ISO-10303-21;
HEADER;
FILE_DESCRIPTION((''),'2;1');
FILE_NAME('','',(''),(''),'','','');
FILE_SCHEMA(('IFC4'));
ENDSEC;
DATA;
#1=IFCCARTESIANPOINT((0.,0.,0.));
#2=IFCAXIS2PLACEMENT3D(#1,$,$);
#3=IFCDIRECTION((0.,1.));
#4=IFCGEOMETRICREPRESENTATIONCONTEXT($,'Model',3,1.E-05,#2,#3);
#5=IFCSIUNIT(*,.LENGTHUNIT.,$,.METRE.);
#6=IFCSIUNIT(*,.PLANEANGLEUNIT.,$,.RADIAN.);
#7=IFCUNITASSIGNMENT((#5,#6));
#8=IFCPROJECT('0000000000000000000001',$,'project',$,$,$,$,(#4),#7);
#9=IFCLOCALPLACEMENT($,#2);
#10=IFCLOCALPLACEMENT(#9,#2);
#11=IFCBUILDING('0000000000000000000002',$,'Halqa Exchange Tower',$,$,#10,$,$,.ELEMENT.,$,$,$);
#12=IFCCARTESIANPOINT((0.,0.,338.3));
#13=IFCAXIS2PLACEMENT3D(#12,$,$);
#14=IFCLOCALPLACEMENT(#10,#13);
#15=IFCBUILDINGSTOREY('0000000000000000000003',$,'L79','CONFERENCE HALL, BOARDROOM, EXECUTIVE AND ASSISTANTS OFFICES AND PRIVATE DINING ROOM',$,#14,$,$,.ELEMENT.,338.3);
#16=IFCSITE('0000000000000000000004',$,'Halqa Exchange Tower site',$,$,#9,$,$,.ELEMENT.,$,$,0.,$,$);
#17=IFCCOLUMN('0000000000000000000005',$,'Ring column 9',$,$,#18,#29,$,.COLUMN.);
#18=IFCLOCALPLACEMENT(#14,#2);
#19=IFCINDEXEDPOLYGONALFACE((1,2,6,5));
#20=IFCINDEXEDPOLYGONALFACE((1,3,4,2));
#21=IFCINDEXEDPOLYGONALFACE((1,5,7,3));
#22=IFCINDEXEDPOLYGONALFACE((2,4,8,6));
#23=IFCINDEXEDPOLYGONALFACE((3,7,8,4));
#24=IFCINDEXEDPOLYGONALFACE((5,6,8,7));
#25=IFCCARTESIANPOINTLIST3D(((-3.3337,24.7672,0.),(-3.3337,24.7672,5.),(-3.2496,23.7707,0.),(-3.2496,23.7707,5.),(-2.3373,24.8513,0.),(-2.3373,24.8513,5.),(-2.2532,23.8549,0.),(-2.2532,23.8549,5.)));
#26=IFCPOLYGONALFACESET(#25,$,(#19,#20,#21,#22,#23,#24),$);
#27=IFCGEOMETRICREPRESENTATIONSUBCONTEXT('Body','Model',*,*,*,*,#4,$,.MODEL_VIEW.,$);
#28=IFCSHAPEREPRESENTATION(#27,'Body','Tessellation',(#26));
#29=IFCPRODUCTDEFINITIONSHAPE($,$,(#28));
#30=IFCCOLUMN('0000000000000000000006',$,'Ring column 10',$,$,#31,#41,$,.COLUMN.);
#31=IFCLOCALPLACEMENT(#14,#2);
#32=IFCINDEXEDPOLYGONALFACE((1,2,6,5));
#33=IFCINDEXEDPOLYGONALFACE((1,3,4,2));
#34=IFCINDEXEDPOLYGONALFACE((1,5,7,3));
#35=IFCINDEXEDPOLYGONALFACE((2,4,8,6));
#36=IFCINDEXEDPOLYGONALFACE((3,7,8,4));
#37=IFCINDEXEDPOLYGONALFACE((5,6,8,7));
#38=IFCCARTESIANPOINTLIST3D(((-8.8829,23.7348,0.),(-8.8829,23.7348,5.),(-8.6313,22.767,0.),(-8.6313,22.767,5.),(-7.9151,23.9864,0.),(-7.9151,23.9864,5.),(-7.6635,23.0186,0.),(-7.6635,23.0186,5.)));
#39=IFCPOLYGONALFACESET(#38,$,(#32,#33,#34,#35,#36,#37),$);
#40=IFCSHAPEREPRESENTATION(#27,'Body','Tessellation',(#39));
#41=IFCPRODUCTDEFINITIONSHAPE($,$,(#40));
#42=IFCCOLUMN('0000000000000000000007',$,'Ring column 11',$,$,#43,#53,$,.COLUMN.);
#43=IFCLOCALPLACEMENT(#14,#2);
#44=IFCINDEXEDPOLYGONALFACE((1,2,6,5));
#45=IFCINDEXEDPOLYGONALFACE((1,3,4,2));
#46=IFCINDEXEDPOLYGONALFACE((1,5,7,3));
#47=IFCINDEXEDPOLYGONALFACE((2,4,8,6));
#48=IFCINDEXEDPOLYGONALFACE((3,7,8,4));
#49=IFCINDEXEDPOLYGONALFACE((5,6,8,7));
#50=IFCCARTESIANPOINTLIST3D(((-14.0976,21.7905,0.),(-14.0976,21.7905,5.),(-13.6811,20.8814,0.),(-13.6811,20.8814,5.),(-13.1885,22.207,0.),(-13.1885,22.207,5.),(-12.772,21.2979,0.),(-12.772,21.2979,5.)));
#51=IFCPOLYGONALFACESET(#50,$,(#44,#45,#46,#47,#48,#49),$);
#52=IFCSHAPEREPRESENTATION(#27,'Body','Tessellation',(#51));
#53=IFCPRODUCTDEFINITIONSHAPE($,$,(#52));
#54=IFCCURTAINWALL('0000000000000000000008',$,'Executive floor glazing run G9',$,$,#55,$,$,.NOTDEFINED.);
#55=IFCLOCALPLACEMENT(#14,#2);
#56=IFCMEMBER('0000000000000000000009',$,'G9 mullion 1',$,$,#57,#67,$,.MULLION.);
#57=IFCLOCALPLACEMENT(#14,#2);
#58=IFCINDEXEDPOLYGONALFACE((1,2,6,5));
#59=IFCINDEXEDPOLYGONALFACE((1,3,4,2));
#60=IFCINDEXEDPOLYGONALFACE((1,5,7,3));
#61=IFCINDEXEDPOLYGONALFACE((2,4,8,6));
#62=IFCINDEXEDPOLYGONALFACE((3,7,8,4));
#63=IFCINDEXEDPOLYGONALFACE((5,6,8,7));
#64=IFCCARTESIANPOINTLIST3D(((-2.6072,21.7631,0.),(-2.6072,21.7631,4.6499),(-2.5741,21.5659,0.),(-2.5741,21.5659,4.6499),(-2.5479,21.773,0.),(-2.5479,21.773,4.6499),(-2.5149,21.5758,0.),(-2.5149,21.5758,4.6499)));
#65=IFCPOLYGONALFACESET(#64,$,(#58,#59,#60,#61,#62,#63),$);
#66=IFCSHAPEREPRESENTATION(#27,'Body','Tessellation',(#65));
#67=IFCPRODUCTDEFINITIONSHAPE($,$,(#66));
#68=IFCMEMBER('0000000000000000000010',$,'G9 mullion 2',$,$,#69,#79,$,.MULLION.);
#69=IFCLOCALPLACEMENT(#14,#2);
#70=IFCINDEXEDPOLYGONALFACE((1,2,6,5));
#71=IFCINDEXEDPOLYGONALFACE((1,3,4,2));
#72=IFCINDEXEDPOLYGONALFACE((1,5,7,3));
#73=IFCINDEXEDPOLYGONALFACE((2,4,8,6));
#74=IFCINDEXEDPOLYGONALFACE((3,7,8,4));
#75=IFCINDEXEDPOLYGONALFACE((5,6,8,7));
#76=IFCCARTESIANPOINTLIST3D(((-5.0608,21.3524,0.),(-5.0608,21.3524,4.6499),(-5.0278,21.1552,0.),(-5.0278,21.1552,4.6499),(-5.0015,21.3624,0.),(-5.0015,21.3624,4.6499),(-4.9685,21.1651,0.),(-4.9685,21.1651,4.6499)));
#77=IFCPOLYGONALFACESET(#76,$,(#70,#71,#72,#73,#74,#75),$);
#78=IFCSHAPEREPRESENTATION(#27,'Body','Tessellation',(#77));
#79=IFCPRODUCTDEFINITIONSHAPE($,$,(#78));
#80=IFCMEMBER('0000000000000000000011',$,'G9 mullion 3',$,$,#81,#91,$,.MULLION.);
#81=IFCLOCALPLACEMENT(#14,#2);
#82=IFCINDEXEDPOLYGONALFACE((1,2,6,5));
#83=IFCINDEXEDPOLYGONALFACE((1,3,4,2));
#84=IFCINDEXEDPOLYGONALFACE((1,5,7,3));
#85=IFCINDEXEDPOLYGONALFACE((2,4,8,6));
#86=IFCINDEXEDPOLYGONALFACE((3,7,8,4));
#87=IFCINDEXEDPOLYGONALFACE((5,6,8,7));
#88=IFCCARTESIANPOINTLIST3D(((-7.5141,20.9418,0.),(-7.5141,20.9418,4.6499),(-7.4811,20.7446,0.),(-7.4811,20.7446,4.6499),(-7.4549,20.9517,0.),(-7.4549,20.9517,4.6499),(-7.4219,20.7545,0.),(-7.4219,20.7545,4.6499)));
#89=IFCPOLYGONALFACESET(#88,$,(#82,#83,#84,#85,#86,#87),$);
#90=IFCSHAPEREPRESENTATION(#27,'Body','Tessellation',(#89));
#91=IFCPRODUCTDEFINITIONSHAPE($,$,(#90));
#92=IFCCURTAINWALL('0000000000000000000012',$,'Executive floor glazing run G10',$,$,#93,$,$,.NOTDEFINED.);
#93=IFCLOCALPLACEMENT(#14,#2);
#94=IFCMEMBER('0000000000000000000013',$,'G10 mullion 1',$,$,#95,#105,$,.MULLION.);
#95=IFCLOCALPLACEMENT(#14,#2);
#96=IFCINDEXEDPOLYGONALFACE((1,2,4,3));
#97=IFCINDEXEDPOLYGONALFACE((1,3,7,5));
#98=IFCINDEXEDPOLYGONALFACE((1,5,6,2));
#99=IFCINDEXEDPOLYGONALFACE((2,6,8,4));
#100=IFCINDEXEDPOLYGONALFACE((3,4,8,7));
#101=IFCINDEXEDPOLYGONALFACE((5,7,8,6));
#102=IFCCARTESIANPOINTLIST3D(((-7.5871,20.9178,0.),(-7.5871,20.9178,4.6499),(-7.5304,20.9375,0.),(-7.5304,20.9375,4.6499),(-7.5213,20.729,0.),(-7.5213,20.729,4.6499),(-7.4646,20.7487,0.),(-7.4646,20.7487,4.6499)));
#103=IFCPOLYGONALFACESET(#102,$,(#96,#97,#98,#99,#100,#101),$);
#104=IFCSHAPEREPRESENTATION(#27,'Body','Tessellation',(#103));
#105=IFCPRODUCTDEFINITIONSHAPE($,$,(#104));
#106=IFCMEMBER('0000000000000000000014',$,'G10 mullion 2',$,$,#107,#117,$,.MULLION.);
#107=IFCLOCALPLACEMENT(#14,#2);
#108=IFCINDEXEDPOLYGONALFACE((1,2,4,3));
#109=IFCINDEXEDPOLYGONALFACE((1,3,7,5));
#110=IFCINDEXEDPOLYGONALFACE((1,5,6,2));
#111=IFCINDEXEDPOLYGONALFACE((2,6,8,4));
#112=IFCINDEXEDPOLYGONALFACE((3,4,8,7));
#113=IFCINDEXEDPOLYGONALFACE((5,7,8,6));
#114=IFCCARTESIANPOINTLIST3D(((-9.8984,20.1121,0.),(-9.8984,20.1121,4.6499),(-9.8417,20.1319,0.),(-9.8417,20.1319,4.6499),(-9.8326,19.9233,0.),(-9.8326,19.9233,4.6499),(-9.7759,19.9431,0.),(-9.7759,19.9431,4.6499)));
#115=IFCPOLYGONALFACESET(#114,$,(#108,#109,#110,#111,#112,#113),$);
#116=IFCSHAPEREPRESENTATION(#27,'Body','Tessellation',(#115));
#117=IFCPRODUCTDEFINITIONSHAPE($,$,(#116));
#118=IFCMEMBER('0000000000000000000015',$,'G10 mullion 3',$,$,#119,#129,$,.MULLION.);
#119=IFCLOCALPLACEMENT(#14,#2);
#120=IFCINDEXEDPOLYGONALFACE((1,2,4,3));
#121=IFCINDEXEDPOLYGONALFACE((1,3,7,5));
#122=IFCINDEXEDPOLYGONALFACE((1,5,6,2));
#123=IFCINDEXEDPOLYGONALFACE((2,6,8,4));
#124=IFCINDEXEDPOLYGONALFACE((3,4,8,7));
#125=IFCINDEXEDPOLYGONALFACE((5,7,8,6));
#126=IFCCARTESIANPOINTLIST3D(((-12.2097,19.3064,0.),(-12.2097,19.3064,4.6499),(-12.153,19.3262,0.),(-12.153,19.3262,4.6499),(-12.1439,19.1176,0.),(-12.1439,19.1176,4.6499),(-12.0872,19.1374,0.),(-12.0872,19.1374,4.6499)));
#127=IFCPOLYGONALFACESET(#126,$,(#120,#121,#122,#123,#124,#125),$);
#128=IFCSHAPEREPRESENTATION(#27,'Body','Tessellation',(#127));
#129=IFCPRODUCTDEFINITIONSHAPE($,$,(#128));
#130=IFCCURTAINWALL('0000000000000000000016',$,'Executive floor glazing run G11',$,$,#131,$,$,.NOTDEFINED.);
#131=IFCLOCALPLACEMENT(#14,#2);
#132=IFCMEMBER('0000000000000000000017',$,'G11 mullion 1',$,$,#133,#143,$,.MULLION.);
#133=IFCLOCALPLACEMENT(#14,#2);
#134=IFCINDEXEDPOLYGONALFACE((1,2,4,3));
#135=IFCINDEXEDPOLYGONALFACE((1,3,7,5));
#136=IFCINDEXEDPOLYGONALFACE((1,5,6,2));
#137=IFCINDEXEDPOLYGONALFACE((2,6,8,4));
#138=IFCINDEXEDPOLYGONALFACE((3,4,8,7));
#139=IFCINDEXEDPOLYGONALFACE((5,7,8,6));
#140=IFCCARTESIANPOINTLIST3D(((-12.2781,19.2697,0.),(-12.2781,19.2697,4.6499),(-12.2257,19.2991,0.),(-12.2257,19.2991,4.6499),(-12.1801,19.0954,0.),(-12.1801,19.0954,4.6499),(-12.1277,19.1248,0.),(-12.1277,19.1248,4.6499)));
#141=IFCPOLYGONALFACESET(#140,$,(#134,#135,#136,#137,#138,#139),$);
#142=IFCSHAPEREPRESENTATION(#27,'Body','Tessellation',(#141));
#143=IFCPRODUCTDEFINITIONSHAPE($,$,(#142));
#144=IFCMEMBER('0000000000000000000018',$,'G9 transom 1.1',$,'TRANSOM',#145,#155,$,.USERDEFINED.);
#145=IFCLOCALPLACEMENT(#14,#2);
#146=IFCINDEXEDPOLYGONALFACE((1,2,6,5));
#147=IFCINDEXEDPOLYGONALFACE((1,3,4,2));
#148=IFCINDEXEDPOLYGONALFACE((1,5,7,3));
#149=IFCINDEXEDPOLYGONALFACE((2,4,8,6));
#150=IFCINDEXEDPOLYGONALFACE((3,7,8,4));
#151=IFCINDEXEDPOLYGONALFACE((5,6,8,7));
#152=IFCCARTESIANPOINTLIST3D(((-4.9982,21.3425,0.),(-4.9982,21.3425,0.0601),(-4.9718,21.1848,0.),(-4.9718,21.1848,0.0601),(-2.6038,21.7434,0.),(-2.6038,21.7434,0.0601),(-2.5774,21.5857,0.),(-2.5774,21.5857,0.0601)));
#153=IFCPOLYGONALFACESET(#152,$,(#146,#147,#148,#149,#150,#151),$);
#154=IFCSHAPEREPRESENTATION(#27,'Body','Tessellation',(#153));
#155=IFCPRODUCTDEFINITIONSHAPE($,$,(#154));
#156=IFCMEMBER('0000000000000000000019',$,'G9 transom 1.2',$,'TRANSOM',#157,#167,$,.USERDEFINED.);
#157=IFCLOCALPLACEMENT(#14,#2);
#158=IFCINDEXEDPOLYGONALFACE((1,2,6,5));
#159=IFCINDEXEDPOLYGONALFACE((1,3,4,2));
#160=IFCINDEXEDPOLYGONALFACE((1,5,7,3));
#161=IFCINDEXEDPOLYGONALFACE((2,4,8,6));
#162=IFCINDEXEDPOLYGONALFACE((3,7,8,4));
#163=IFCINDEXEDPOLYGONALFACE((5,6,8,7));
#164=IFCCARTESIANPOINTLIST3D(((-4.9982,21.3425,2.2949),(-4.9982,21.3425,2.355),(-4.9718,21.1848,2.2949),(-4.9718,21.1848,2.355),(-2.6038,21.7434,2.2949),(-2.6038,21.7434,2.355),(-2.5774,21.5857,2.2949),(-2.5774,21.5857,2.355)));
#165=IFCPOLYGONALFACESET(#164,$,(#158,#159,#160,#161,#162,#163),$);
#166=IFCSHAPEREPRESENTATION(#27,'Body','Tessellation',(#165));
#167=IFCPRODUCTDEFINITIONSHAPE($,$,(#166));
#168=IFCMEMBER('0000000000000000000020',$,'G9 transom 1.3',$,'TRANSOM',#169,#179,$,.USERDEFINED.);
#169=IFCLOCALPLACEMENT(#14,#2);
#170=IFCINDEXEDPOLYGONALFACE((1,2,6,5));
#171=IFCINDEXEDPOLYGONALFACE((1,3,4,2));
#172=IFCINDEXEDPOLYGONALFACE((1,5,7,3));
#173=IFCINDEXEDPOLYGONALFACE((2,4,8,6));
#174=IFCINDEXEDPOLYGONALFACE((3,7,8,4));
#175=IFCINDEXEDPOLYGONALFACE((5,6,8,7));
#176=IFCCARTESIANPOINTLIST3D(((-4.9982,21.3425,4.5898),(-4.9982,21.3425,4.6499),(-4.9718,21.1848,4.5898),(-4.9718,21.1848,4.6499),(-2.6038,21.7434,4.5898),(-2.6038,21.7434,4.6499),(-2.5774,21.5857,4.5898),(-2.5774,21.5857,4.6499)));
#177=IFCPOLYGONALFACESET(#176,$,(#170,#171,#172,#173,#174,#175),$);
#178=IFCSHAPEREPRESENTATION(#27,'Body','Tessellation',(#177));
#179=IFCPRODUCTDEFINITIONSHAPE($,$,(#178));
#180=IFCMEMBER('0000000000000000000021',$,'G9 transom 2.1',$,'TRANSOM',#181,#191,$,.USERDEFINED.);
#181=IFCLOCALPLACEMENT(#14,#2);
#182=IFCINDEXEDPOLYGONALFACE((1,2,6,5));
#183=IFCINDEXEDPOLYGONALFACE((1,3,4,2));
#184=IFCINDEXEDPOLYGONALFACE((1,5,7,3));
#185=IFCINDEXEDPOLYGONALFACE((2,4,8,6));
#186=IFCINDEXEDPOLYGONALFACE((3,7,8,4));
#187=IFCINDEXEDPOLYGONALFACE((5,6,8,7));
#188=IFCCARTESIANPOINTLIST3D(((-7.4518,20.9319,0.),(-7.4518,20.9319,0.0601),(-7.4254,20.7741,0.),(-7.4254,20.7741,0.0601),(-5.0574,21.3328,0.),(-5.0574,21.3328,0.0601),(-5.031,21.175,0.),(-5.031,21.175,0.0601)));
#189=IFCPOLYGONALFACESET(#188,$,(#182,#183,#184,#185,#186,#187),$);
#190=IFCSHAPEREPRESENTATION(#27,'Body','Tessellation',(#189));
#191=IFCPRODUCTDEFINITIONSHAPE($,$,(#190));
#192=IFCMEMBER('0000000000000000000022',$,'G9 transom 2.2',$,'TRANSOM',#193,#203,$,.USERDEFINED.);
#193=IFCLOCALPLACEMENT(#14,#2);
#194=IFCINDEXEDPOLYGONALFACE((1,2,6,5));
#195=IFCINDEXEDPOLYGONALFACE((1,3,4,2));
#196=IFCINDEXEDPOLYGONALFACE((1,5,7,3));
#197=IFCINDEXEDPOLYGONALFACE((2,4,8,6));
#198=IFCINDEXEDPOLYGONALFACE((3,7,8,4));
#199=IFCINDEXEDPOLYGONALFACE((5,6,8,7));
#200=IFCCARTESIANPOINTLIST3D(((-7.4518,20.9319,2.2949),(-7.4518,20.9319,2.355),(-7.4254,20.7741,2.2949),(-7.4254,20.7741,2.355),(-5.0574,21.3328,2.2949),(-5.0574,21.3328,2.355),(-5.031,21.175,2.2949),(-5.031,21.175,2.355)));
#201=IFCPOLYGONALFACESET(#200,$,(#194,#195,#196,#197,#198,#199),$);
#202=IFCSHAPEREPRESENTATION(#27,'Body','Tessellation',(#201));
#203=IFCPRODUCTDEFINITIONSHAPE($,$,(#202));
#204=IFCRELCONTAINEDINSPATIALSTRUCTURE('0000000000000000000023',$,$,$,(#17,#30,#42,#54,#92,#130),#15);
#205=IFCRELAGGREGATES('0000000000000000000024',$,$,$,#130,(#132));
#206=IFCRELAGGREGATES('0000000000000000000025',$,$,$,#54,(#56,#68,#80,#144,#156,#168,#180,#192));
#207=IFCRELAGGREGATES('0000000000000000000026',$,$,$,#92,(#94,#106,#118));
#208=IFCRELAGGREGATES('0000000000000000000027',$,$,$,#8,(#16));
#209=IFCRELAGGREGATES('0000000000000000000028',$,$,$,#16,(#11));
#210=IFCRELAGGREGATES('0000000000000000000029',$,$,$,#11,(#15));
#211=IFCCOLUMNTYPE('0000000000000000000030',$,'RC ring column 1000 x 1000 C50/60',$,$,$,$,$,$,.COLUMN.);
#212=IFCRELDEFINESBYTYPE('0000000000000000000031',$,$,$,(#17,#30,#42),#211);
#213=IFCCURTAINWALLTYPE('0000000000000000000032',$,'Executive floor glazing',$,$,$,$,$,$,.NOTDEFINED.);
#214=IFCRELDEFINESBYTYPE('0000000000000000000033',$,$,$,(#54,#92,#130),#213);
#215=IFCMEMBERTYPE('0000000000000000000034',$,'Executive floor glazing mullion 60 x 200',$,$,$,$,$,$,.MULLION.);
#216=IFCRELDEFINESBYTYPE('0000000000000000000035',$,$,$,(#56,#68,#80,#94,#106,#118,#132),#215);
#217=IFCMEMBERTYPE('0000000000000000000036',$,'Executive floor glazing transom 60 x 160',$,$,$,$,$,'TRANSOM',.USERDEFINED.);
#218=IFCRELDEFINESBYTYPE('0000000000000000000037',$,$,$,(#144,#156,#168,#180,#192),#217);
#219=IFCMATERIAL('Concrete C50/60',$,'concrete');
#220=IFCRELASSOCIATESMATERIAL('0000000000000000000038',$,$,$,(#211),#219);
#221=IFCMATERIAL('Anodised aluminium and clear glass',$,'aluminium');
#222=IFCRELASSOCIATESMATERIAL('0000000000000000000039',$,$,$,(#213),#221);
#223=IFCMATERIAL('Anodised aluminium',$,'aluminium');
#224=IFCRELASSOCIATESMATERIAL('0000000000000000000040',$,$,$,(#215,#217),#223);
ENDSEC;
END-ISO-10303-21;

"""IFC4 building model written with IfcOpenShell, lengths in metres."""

from ifc_helpers import new_model, si_unit, direction, frame, origin, origin_2d, place, context, subcontext, project, spatial, rectangle, extrude, material, material_profile, profile_set, type_object, element, aggregate, save


model = new_model("IFC4")

# Units and contexts
model_context = context("Model", 3, precision=1e-05, world=origin(), true_north=direction((0.0, 1.0)))
body_context = subcontext(model_context, "Body", "Model", "MODEL_VIEW")
ifc_project = project(units=[si_unit("LENGTHUNIT", "METRE"), si_unit("PLANEANGLEUNIT", "RADIAN")], contexts=[model_context])

# Site, building, storey
site_placement = place(None, origin())
site = spatial("IfcSite", under=ifc_project, at=site_placement, Name="Halqa Exchange Tower site", CompositionType="ELEMENT", RefElevation=0.0)
building_placement = place(site_placement, origin())
building = spatial("IfcBuilding", under=site, at=building_placement, Name="Halqa Exchange Tower", CompositionType="ELEMENT")
storey_placement = place(building_placement, frame((0.0, 0.0, 338.3)))
storey = spatial("IfcBuildingStorey", under=building, at=storey_placement, Name="L79", Description="CONFERENCE HALL, BOARDROOM, EXECUTIVE AND ASSISTANTS OFFICES AND PRIVATE DINING ROOM", CompositionType="ELEMENT", Elevation=338.3)

# Columns
ifc_material_1 = material(Name="Concrete C50/60", Category="concrete")
ifc_material_profile_1 = material_profile(ifc_material_1, rectangle(XDim=1.0, YDim=1.0, at=origin_2d()), Name="1000 x 1000")
ifc_profile_set_1 = profile_set([ifc_material_profile_1], Name="Concrete C50/60")
column_type = type_object("IfcColumnType", Name="RC ring column 1000 x 1000 C50/60", PredefinedType="COLUMN", material=ifc_profile_set_1)
for number, where, z_axis, x_axis, name in (
    (1, (-2.7935, 24.311, 0.0), (0.0, 0.0, 1.0), (-0.996455, -0.084127, 0.0), "Ring column 9"),
    (2, (-8.2732, 23.3767, 0.0), (0.0, 0.0, 1.0), (-0.967819, -0.251647, 0.0), "Ring column 10"),
    (3, (-13.4348, 21.5442, 0.0), (0.0, 0.0, 1.0), (-0.909129, -0.416516, 0.0), "Ring column 11"),
):
    element("IfcColumn", number, at=place(storey_placement, frame(where, z_axis=z_axis, x_axis=x_axis)), inside=storey, type_object=column_type, Name=name, PredefinedType="COLUMN", context=body_context, shape_type="SweptSolid", body=[
        extrude(rectangle(XDim=1.0, YDim=1.0, at=origin_2d()), origin(), (0.0, 0.0, 1.0), 5.0),
    ])

# Curtain walls, members
ifc_material_2 = material(Name="Anodised aluminium and clear glass", Category="aluminium")
curtain_wall_type = type_object("IfcCurtainWallType", Name="Executive floor glazing", PredefinedType="NOTDEFINED", material=ifc_material_2)
curtain_wall_1_placement = place(storey_placement, origin())
curtain_wall_1 = element("IfcCurtainWall", 4, at=curtain_wall_1_placement, inside=storey, type_object=curtain_wall_type, Name="Executive floor glazing run G9", PredefinedType="NOTDEFINED")
ifc_material_3 = material(Name="Anodised aluminium", Category="aluminium")
ifc_material_profile_2 = material_profile(ifc_material_3, rectangle(XDim=0.2, YDim=0.0601, at=origin_2d()), Name="AL 60x200")
ifc_profile_set_2 = profile_set([ifc_material_profile_2], Name="Anodised aluminium")
member_type_1 = type_object("IfcMemberType", Name="Executive floor glazing mullion 60 x 200", PredefinedType="MULLION", material=ifc_profile_set_2)
member_1_placement = place(storey_placement, frame((-2.561, 21.6694, 0.0), z_axis=(0.0, 0.0, 1.0), x_axis=(0.165117, -0.986274, 0.0)))
member_1 = element("IfcMember", 5, at=member_1_placement, type_object=member_type_1, Name="G9 mullion 1", PredefinedType="MULLION", context=body_context, shape_type="SweptSolid", body=[
    extrude(rectangle(XDim=0.2, YDim=0.0601, at=origin_2d()), origin(), (0.0, 0.0, 1.0), 4.6499),
])
member_2_placement = place(storey_placement, frame((-5.0146, 21.2588, 0.0), z_axis=(0.0, 0.0, 1.0), x_axis=(0.165117, -0.986274, 0.0)))
member_2 = element("IfcMember", 6, at=member_2_placement, type_object=member_type_1, Name="G9 mullion 2", PredefinedType="MULLION", context=body_context, shape_type="SweptSolid", body=[
    extrude(rectangle(XDim=0.2, YDim=0.0601, at=origin_2d()), origin(), (0.0, 0.0, 1.0), 4.6499),
])
member_3_placement = place(storey_placement, frame((-7.468, 20.8481, 0.0), z_axis=(0.0, 0.0, 1.0), x_axis=(0.165117, -0.986274, 0.0)))
member_3 = element("IfcMember", 7, at=member_3_placement, type_object=member_type_1, Name="G9 mullion 3", PredefinedType="MULLION", context=body_context, shape_type="SweptSolid", body=[
    extrude(rectangle(XDim=0.2, YDim=0.0601, at=origin_2d()), origin(), (0.0, 0.0, 1.0), 4.6499),
])
curtain_wall_2_placement = place(storey_placement, origin())
curtain_wall_2 = element("IfcCurtainWall", 8, at=curtain_wall_2_placement, inside=storey, type_object=curtain_wall_type, Name="Executive floor glazing run G10", PredefinedType="NOTDEFINED")
member_4_placement = place(storey_placement, frame((-7.5259, 20.8333, 0.0), z_axis=(0.0, 0.0, 1.0), x_axis=(0.32916, -0.944274, 0.0)))
member_4 = element("IfcMember", 9, at=member_4_placement, type_object=member_type_1, Name="G10 mullion 1", PredefinedType="MULLION", context=body_context, shape_type="SweptSolid", body=[
    extrude(rectangle(XDim=0.2, YDim=0.0601, at=origin_2d()), origin(), (0.0, 0.0, 1.0), 4.6499),
])
member_5_placement = place(storey_placement, frame((-9.8372, 20.0276, 0.0), z_axis=(0.0, 0.0, 1.0), x_axis=(0.32916, -0.944274, 0.0)))
member_5 = element("IfcMember", 10, at=member_5_placement, type_object=member_type_1, Name="G10 mullion 2", PredefinedType="MULLION", context=body_context, shape_type="SweptSolid", body=[
    extrude(rectangle(XDim=0.2, YDim=0.0601, at=origin_2d()), origin(), (0.0, 0.0, 1.0), 4.6499),
])
member_6_placement = place(storey_placement, frame((-12.1484, 19.2219, 0.0), z_axis=(0.0, 0.0, 1.0), x_axis=(0.32916, -0.944274, 0.0)))
member_6 = element("IfcMember", 11, at=member_6_placement, type_object=member_type_1, Name="G10 mullion 3", PredefinedType="MULLION", context=body_context, shape_type="SweptSolid", body=[
    extrude(rectangle(XDim=0.2, YDim=0.0601, at=origin_2d()), origin(), (0.0, 0.0, 1.0), 4.6499),
])

# Curtain wall, member
curtain_wall_3_placement = place(storey_placement, origin())
curtain_wall_3 = element("IfcCurtainWall", 12, at=curtain_wall_3_placement, inside=storey, type_object=curtain_wall_type, Name="Executive floor glazing run G11", PredefinedType="NOTDEFINED")
member_7_placement = place(storey_placement, frame((-12.2029, 19.1973, 0.0), z_axis=(0.0, 0.0, 1.0), x_axis=(0.490158, -0.871634, 0.0)))
member_7 = element("IfcMember", 13, at=member_7_placement, type_object=member_type_1, Name="G11 mullion 1", PredefinedType="MULLION", context=body_context, shape_type="SweptSolid", body=[
    extrude(rectangle(XDim=0.2, YDim=0.0601, at=origin_2d()), origin(), (0.0, 0.0, 1.0), 4.6499),
])
aggregate(curtain_wall_3, [member_7])

# Members
ifc_material_profile_3 = material_profile(ifc_material_3, rectangle(XDim=0.1599, YDim=0.0601, at=origin_2d()), Name="AL 60x160")
ifc_profile_set_3 = profile_set([ifc_material_profile_3], Name="Anodised aluminium")
member_type_2 = type_object("IfcMemberType", Name="Executive floor glazing transom 60 x 160", ElementType="TRANSOM", PredefinedType="USERDEFINED", material=ifc_profile_set_3)
member_8_placement = place(storey_placement, frame((-2.5906, 21.6646, 0.03), z_axis=(-0.986271, -0.165133, 0.0), x_axis=(0.165133, -0.986271, 0.0)))
member_8 = element("IfcMember", 14, at=member_8_placement, type_object=member_type_2, Name="G9 transom 1.1", ObjectType="TRANSOM", PredefinedType="USERDEFINED", context=body_context, shape_type="SweptSolid", body=[
    extrude(rectangle(XDim=0.1599, YDim=0.0601, at=origin_2d()), origin(), (0.0, 0.0, 1.0), 2.4277),
])
member_9_placement = place(storey_placement, frame((-2.5906, 21.6646, 2.325), z_axis=(-0.986271, -0.165133, 0.0), x_axis=(0.165133, -0.986271, 0.0)))
member_9 = element("IfcMember", 15, at=member_9_placement, type_object=member_type_2, Name="G9 transom 1.2", ObjectType="TRANSOM", PredefinedType="USERDEFINED", context=body_context, shape_type="SweptSolid", body=[
    extrude(rectangle(XDim=0.1599, YDim=0.0601, at=origin_2d()), origin(), (0.0, 0.0, 1.0), 2.4277),
])
member_10_placement = place(storey_placement, frame((-2.5906, 21.6646, 4.6199), z_axis=(-0.986271, -0.165133, 0.0), x_axis=(0.165133, -0.986271, 0.0)))
member_10 = element("IfcMember", 16, at=member_10_placement, type_object=member_type_2, Name="G9 transom 1.3", ObjectType="TRANSOM", PredefinedType="USERDEFINED", context=body_context, shape_type="SweptSolid", body=[
    extrude(rectangle(XDim=0.1599, YDim=0.0601, at=origin_2d()), origin(), (0.0, 0.0, 1.0), 2.4277),
])
member_11_placement = place(storey_placement, frame((-5.0442, 21.2539, 0.03), z_axis=(-0.986271, -0.165133, 0.0), x_axis=(0.165133, -0.986271, 0.0)))
member_11 = element("IfcMember", 17, at=member_11_placement, type_object=member_type_2, Name="G9 transom 2.1", ObjectType="TRANSOM", PredefinedType="USERDEFINED", context=body_context, shape_type="SweptSolid", body=[
    extrude(rectangle(XDim=0.1599, YDim=0.0601, at=origin_2d()), origin(), (0.0, 0.0, 1.0), 2.4277),
])
member_12_placement = place(storey_placement, frame((-5.0442, 21.2539, 2.325), z_axis=(-0.986271, -0.165133, 0.0), x_axis=(0.165133, -0.986271, 0.0)))
member_12 = element("IfcMember", 18, at=member_12_placement, type_object=member_type_2, Name="G9 transom 2.2", ObjectType="TRANSOM", PredefinedType="USERDEFINED", context=body_context, shape_type="SweptSolid", body=[
    extrude(rectangle(XDim=0.1599, YDim=0.0601, at=origin_2d()), origin(), (0.0, 0.0, 1.0), 2.4277),
])

aggregate(curtain_wall_1, [member_1, member_2, member_3, member_8, member_9, member_10, member_11, member_12])
aggregate(curtain_wall_2, [member_4, member_5, member_6])

save(model, "model.ifc")
